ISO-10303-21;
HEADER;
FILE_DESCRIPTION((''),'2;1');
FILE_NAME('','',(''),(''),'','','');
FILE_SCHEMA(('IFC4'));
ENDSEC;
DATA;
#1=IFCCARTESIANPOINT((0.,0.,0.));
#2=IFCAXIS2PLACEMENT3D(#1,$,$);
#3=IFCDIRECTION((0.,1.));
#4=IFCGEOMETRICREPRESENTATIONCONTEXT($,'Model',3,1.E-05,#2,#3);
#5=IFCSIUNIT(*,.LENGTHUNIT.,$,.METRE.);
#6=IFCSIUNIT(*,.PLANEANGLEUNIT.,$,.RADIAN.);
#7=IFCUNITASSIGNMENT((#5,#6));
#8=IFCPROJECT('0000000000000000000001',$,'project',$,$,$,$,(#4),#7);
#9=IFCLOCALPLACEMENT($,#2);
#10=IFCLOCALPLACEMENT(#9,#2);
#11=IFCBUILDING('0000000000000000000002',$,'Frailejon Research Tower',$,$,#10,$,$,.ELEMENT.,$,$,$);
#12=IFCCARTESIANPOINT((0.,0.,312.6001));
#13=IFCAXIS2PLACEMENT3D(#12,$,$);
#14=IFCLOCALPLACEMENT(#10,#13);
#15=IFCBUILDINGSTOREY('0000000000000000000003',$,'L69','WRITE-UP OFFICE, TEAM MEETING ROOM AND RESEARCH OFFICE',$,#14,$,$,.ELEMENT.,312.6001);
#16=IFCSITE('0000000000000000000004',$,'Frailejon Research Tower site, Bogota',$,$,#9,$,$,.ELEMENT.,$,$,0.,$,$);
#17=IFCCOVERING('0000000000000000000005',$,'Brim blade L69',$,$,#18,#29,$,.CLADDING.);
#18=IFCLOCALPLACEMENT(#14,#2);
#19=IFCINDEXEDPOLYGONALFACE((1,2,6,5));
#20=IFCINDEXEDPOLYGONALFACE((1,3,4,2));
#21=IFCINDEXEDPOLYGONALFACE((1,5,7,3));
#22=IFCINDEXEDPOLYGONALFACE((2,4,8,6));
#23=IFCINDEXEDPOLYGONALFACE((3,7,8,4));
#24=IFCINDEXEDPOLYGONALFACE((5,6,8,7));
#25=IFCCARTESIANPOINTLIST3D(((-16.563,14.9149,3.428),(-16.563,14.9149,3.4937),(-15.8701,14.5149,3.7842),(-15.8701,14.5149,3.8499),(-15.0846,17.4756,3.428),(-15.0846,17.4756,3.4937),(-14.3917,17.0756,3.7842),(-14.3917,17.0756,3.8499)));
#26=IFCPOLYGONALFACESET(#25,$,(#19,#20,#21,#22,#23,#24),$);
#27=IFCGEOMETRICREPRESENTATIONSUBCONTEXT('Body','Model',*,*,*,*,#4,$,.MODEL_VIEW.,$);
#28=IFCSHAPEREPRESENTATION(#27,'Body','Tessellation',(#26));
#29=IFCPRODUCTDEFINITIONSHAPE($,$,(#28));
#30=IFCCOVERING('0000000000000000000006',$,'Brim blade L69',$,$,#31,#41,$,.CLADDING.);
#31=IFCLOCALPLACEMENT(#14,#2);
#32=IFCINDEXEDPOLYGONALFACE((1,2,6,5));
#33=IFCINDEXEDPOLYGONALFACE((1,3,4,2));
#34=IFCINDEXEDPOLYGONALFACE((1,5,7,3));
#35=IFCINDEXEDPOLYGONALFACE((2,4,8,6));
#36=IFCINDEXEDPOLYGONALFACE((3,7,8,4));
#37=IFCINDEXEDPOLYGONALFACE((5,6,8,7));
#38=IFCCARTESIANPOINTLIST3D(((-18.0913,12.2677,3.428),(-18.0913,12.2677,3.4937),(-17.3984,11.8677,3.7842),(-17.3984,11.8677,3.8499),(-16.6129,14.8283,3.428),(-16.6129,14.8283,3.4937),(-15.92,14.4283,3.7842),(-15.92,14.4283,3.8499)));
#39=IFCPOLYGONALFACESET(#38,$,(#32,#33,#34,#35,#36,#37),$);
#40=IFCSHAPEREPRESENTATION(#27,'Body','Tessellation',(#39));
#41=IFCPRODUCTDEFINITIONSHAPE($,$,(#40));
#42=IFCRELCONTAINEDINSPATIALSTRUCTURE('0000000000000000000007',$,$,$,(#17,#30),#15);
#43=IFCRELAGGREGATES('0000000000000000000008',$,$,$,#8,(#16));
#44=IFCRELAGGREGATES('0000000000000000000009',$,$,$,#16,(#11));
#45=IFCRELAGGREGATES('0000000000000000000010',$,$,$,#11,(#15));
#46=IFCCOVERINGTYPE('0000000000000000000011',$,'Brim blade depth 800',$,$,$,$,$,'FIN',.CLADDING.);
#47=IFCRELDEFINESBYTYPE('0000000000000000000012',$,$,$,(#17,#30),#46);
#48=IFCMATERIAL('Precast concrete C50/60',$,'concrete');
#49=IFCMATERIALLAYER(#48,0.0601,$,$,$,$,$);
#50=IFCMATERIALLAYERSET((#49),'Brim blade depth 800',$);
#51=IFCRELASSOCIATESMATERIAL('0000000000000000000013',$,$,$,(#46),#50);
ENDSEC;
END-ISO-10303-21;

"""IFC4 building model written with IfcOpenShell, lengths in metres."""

from ifc_helpers import new_model, si_unit, direction, frame, origin, place, context, subcontext, project, spatial, polyline, outline, extrude, material, layer, layer_set, type_object, element, save


model = new_model("IFC4")

# Units and contexts
model_context = context("Model", 3, precision=1e-05, world=origin(), true_north=direction((0.0, 1.0)))
body_context = subcontext(model_context, "Body", "Model", "MODEL_VIEW")
ifc_project = project(units=[si_unit("LENGTHUNIT", "METRE"), si_unit("PLANEANGLEUNIT", "RADIAN")], contexts=[model_context])

# Site, building, storey
site_placement = place(None, origin())
site = spatial("IfcSite", under=ifc_project, at=site_placement, Name="Frailejon Research Tower site, Bogota", CompositionType="ELEMENT", RefElevation=0.0)
building_placement = place(site_placement, origin())
building = spatial("IfcBuilding", under=site, at=building_placement, Name="Frailejon Research Tower", CompositionType="ELEMENT")
storey_placement = place(building_placement, frame((0.0, 0.0, 312.6001)))
storey = spatial("IfcBuildingStorey", under=building, at=storey_placement, Name="L69", Description="WRITE-UP OFFICE, TEAM MEETING ROOM AND RESEARCH OFFICE", CompositionType="ELEMENT", Elevation=312.6001)

# Coverings
ifc_material_1 = material(Name="Precast concrete C50/60", Category="concrete")
ifc_layer_1 = layer(ifc_material_1, 0.0601)
ifc_layer_set_1 = layer_set([ifc_layer_1], Name="Brim blade depth 800")
covering_type_1 = type_object("IfcCoveringType", Name="Brim blade depth 800", ElementType="FIN", PredefinedType="CLADDING", material=ifc_layer_set_1)
for number, where, z_axis, x_axis, name in (
    (1, (-15.8701, 14.5149, 3.8499), (0.499995, 0.866028, 0.0), (-0.866028, 0.499995, 0.0), "Brim blade L69"),
    (2, (-17.3984, 11.8677, 3.8499), (0.500009, 0.86602, 0.0), (-0.86602, 0.500009, 0.0), "Brim blade L69"),
):
    element("IfcCovering", number, at=place(storey_placement, frame(where, z_axis=z_axis, x_axis=x_axis)), inside=storey, type_object=covering_type_1, Name=name, PredefinedType="CLADDING", context=body_context, shape_type="SweptSolid", body=[
        extrude(outline(polyline([(0.0, -0.0657), (0.8, -0.4219), (0.8, -0.3562), (0.0, 0.0), (0.0, -0.0657)])), origin(), (0.0, 0.0, 1.0), 2.9568),
    ])

save(model, "model.ifc")
